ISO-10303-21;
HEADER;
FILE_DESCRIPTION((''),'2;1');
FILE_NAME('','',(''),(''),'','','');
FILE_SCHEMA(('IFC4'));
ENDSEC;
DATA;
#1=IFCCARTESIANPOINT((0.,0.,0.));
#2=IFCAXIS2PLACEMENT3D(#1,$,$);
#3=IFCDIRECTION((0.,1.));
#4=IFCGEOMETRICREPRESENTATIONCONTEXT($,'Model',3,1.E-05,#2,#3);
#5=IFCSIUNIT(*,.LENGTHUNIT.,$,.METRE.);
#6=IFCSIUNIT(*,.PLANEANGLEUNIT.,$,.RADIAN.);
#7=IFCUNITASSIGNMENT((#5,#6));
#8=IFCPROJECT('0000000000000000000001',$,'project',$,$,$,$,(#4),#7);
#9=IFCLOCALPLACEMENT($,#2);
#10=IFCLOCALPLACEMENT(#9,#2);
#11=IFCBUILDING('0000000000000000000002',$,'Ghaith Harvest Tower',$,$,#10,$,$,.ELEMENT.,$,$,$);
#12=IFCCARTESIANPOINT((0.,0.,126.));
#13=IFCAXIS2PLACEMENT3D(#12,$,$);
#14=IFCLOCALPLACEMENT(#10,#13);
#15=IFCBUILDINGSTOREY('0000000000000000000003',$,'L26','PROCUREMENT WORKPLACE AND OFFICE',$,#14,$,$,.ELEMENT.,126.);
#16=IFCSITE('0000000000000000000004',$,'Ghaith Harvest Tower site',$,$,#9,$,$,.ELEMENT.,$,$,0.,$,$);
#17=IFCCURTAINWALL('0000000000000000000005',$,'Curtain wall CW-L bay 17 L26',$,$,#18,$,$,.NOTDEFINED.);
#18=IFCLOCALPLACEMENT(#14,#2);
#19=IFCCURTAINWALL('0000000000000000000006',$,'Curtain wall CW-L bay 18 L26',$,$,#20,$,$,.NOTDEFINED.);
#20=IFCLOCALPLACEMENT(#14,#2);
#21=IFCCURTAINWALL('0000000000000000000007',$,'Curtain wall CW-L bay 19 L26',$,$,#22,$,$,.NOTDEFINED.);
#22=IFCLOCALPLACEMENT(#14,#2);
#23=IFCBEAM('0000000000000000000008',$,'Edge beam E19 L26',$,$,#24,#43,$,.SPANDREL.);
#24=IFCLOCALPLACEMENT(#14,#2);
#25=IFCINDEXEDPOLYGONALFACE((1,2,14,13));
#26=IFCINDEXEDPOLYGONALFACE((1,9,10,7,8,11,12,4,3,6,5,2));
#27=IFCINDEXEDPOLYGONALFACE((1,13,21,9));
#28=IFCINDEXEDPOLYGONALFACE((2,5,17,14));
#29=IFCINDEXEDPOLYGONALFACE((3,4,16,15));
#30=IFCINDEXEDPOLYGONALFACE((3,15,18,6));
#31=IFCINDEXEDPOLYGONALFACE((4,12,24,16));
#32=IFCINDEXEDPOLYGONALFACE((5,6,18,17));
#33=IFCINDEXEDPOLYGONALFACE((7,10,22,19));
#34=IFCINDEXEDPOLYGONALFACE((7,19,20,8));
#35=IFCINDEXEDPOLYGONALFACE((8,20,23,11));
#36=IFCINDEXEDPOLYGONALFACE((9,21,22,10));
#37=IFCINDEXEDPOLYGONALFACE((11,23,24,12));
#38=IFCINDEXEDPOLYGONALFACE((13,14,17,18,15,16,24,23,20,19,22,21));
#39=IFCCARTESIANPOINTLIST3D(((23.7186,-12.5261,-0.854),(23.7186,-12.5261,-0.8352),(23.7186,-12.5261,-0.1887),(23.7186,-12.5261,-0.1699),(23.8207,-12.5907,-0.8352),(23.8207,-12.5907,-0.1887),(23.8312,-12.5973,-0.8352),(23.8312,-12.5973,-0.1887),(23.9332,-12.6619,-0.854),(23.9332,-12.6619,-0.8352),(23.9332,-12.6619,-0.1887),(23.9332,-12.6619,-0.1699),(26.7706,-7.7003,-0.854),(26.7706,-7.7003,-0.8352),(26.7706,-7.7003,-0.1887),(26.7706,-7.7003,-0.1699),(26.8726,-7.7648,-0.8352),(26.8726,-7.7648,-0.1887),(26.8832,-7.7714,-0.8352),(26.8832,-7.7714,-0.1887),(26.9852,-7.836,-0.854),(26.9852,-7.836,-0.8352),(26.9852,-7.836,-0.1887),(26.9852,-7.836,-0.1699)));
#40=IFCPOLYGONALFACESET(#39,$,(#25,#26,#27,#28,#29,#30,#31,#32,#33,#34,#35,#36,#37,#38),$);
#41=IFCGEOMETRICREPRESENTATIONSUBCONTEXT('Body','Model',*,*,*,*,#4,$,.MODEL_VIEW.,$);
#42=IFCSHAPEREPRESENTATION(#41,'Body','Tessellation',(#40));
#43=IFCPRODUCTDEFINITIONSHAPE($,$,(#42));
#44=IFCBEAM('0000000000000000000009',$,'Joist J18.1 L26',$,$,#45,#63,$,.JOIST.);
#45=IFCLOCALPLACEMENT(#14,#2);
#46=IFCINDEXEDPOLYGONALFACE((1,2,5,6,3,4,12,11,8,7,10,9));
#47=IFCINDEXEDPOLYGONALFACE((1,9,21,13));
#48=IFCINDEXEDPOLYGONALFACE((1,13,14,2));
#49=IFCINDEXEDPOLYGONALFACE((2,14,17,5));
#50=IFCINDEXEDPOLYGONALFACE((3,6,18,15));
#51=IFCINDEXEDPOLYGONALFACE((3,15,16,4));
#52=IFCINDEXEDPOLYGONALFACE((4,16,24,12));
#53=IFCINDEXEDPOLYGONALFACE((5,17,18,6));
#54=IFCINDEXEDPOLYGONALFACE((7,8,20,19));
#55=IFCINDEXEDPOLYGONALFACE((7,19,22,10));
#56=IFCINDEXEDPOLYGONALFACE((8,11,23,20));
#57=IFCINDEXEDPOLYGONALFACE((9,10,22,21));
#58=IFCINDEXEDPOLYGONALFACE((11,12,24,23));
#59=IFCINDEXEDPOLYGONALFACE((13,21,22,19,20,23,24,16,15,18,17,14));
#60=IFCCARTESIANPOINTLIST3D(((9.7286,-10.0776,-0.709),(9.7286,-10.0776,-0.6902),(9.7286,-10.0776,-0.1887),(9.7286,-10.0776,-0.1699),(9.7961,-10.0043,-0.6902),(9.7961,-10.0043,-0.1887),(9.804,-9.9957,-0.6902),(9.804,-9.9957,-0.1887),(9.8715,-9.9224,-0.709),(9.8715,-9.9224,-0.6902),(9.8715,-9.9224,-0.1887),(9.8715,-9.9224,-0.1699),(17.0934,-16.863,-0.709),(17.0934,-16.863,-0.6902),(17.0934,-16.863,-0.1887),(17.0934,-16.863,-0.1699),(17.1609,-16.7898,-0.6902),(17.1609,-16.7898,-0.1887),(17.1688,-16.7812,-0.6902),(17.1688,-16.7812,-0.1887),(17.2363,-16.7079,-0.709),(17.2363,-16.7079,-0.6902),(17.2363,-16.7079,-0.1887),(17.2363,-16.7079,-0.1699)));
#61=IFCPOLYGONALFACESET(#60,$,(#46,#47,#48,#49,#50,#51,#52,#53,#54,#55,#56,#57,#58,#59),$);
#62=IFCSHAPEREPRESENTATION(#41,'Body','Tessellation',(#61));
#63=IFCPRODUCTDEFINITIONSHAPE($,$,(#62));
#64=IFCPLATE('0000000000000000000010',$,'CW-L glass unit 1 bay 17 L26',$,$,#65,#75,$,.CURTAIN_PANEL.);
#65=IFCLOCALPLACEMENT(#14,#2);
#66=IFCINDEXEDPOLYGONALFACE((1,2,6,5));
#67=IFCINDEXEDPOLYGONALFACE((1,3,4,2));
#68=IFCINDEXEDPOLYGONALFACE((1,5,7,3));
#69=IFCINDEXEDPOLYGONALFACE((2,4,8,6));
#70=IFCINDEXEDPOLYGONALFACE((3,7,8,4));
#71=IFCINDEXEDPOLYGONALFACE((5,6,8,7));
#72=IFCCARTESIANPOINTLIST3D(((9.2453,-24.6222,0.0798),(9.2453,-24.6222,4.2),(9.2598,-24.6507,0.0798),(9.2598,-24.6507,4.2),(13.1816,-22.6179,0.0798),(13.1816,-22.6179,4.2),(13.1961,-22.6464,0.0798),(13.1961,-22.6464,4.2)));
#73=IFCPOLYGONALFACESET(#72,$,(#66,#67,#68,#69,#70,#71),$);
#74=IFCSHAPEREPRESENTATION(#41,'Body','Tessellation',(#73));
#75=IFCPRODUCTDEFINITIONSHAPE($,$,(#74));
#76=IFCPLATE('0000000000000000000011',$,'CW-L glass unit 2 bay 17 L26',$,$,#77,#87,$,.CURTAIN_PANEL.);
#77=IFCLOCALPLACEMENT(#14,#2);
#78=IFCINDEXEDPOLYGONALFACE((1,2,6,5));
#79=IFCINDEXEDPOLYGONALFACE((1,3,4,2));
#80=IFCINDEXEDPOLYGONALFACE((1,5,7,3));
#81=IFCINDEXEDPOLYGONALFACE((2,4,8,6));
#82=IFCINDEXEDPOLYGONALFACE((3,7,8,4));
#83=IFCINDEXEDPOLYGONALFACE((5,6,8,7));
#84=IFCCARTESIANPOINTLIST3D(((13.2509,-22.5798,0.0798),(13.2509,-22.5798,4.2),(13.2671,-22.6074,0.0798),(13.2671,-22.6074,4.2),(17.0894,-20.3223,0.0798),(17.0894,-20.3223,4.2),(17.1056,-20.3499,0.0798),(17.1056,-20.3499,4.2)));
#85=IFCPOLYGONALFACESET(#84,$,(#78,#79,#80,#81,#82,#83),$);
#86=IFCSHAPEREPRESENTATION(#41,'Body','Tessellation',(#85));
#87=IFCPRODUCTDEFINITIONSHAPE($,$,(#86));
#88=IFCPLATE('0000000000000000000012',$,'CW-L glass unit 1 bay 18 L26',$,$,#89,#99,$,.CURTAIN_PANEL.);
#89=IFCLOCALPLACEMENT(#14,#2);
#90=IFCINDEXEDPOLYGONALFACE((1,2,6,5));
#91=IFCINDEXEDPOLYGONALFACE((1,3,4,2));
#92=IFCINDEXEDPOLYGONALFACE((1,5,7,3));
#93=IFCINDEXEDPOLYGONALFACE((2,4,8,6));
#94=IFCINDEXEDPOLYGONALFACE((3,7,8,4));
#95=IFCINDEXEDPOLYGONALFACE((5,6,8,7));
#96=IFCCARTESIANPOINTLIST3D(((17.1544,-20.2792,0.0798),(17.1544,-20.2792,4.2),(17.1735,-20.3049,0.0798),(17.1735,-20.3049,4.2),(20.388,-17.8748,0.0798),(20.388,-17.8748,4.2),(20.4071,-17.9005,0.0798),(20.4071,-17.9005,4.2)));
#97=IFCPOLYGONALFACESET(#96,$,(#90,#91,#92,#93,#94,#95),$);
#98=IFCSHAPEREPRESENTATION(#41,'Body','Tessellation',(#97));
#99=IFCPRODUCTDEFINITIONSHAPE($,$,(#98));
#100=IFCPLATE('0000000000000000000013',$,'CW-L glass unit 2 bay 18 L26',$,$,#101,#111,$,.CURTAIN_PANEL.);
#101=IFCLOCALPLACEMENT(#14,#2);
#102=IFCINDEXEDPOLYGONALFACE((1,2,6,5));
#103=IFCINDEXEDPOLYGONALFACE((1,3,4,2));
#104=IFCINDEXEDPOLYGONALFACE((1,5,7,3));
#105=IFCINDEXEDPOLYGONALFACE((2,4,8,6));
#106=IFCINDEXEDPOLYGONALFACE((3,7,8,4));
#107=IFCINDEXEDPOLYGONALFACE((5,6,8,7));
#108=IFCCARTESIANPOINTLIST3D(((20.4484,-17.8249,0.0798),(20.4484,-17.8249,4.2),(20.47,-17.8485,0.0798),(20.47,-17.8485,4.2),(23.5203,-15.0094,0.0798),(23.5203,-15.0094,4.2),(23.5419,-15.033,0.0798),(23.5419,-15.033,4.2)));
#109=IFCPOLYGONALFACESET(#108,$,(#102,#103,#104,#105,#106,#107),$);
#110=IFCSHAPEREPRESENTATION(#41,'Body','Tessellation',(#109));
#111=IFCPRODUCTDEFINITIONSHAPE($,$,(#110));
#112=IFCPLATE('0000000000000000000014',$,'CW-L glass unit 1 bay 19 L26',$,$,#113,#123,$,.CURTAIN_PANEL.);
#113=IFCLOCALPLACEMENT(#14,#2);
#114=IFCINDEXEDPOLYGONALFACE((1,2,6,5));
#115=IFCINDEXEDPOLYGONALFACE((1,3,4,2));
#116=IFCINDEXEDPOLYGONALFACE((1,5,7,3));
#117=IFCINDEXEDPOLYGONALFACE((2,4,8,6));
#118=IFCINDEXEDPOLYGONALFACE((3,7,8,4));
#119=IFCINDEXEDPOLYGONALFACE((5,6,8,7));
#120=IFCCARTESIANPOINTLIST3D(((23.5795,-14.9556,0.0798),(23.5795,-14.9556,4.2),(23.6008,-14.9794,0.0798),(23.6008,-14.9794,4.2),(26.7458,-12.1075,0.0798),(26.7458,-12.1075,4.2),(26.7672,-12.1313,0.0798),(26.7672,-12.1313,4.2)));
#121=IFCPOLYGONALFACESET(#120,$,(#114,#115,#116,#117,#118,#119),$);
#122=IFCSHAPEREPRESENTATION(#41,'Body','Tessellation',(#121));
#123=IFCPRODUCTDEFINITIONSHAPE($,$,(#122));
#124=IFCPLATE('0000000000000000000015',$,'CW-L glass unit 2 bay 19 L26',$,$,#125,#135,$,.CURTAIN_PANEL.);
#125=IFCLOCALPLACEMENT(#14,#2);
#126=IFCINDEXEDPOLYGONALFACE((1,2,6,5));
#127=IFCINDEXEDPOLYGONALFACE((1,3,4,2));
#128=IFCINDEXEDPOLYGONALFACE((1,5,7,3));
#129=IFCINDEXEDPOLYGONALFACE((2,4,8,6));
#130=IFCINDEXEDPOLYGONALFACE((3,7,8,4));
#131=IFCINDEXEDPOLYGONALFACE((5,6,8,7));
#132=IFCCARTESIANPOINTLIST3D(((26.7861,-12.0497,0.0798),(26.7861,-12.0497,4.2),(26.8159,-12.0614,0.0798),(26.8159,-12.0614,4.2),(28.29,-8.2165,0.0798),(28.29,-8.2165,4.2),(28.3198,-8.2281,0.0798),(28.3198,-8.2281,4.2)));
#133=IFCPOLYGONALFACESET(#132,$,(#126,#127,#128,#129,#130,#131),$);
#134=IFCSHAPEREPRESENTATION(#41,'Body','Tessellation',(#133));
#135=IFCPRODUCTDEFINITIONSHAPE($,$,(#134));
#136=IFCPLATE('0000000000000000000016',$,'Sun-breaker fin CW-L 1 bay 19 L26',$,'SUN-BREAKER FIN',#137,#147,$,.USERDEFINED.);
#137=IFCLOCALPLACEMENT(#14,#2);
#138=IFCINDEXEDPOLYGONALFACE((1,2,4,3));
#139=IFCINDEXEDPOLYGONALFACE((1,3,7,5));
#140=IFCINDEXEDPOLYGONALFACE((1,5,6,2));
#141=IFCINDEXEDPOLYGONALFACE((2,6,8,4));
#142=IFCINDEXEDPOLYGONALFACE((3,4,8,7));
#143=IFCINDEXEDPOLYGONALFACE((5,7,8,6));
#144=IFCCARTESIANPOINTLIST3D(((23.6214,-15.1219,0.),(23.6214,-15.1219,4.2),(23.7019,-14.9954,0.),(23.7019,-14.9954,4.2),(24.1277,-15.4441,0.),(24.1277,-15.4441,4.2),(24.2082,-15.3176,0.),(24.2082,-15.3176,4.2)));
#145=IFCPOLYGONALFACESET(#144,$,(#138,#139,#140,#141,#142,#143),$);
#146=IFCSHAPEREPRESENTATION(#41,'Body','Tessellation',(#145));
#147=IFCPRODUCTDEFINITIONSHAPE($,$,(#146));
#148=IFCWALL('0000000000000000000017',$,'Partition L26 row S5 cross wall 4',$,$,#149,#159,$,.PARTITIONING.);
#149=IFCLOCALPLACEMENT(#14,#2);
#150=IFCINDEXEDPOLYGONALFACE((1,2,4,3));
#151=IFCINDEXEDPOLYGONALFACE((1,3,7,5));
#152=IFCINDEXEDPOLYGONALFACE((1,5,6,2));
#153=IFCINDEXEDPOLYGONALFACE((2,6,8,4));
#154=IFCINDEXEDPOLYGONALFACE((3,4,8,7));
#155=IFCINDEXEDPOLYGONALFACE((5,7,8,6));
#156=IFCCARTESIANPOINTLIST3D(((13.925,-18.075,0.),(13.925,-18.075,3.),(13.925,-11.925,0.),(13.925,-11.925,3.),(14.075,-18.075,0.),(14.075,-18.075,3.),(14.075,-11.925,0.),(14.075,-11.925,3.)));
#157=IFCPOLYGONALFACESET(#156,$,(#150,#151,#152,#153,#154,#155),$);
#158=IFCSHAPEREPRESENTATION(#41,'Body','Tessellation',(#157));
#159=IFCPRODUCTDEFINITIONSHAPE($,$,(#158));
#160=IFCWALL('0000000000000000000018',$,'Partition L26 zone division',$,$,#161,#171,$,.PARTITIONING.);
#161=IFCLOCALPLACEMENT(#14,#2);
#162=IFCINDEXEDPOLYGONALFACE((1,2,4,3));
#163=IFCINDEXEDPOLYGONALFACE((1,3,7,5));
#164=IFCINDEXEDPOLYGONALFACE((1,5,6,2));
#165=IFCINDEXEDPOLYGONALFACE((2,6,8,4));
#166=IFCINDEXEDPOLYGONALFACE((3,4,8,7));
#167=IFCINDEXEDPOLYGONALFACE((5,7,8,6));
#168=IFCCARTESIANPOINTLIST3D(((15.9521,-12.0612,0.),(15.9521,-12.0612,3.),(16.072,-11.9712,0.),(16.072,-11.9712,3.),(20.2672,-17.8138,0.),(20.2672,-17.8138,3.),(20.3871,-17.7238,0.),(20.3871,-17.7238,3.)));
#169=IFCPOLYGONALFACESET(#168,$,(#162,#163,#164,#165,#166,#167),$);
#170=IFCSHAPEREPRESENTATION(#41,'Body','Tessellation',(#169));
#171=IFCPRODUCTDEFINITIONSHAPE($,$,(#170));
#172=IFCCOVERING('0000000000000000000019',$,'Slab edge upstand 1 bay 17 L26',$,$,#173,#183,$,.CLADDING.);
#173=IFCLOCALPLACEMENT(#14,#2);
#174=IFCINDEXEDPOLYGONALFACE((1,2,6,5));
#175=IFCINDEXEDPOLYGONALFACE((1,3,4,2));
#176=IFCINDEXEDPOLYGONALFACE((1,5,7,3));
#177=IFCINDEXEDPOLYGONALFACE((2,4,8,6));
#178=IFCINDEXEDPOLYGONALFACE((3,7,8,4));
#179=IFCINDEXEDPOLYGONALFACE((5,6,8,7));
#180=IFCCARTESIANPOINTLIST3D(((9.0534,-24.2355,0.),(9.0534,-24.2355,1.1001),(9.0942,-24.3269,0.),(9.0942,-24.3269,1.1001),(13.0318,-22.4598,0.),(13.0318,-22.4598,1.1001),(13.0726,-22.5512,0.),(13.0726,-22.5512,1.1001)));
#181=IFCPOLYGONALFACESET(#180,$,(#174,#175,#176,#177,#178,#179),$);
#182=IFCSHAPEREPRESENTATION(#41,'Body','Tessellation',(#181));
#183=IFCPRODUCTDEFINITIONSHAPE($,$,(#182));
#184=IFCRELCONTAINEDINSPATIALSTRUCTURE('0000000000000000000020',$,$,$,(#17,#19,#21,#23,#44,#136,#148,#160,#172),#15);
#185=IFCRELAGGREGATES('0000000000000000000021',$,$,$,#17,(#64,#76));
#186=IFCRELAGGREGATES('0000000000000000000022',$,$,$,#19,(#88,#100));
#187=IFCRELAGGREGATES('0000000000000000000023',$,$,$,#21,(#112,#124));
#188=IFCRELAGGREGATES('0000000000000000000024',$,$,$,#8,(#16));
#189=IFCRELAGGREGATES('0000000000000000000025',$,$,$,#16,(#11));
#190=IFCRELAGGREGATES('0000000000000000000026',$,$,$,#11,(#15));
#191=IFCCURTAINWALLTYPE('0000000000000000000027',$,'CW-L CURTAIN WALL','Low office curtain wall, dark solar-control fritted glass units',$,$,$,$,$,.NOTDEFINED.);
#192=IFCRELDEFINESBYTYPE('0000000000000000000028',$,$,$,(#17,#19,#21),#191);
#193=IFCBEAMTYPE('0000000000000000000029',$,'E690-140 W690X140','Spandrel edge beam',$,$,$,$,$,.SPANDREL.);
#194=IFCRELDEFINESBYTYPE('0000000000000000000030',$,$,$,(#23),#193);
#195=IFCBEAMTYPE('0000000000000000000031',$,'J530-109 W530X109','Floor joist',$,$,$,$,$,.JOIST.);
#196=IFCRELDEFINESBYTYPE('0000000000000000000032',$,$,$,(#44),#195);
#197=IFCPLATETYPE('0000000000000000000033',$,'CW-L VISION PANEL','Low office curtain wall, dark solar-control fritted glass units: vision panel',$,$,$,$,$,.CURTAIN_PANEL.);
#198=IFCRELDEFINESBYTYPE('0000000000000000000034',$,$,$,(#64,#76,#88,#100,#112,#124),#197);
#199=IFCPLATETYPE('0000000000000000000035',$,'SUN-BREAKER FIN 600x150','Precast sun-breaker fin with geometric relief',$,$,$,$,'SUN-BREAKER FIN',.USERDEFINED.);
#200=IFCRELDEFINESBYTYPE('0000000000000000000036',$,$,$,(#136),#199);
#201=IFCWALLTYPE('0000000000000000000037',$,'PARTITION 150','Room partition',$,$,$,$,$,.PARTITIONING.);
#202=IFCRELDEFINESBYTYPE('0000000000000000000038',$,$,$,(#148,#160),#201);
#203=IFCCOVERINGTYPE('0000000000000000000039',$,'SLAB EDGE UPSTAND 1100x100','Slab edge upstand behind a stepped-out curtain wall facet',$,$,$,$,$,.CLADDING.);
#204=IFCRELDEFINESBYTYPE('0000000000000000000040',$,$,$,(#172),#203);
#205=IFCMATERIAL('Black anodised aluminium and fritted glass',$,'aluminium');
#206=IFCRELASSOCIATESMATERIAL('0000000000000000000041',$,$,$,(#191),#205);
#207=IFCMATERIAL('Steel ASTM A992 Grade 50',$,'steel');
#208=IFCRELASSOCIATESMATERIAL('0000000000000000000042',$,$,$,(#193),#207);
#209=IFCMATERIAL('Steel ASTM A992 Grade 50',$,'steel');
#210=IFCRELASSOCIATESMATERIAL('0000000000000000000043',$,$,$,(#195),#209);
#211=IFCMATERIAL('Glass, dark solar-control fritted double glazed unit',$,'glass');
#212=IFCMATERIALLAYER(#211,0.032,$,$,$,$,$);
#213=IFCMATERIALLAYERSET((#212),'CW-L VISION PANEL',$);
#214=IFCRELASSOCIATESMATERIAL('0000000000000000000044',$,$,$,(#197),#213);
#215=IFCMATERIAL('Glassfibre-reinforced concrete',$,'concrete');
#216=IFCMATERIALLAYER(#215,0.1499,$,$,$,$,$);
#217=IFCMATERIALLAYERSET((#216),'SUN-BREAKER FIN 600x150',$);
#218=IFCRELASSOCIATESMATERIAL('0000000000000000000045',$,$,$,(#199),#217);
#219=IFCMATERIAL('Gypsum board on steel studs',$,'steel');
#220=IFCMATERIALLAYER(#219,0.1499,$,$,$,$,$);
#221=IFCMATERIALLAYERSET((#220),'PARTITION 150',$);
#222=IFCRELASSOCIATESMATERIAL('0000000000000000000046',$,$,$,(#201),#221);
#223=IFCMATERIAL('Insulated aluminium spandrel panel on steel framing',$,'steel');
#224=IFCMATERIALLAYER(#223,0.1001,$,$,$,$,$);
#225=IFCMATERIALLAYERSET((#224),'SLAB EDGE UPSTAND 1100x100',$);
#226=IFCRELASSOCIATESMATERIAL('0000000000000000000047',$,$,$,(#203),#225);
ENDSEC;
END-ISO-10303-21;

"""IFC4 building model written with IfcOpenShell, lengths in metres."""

from ifc_helpers import new_model, si_unit, direction, frame, frame_2d, origin, origin_2d, place, context, subcontext, project, spatial, rectangle, i_section, extrude, material, layer, layer_set, material_profile, profile_set, type_object, element, aggregate, save


model = new_model("IFC4")

# Units and contexts
model_context = context("Model", 3, precision=1e-05, world=origin(), true_north=direction((0.0, 1.0)))
body_context = subcontext(model_context, "Body", "Model", "MODEL_VIEW")
ifc_project = project(units=[si_unit("LENGTHUNIT", "METRE"), si_unit("PLANEANGLEUNIT", "RADIAN")], contexts=[model_context])

# Site, building, storey
site_placement = place(None, origin())
site = spatial("IfcSite", under=ifc_project, at=site_placement, Name="Ghaith Harvest Tower site", CompositionType="ELEMENT", RefElevation=0.0)
building_placement = place(site_placement, origin())
building = spatial("IfcBuilding", under=site, at=building_placement, Name="Ghaith Harvest Tower", CompositionType="ELEMENT")
storey_placement = place(building_placement, frame((0.0, 0.0, 126.0)))
storey = spatial("IfcBuildingStorey", under=building, at=storey_placement, Name="L26", Description="PROCUREMENT WORKPLACE AND OFFICE", CompositionType="ELEMENT", Elevation=126.0)

# Curtain wall
ifc_material_1 = material(Name="Black anodised aluminium and fritted glass", Category="aluminium")
curtain_wall_type = type_object("IfcCurtainWallType", Name="CW-L CURTAIN WALL", Description="Low office curtain wall, dark solar-control fritted glass units", PredefinedType="NOTDEFINED", material=ifc_material_1)
curtain_wall_1_placement = place(storey_placement, origin())
curtain_wall_1 = element("IfcCurtainWall", 1, at=curtain_wall_1_placement, inside=storey, type_object=curtain_wall_type, Name="Curtain wall CW-L bay 17 L26", PredefinedType="NOTDEFINED")

# Curtain walls
curtain_wall_2_placement = place(storey_placement, origin())
curtain_wall_2 = element("IfcCurtainWall", 2, at=curtain_wall_2_placement, inside=storey, type_object=curtain_wall_type, Name="Curtain wall CW-L bay 18 L26", PredefinedType="NOTDEFINED")
curtain_wall_3_placement = place(storey_placement, origin())
curtain_wall_3 = element("IfcCurtainWall", 3, at=curtain_wall_3_placement, inside=storey, type_object=curtain_wall_type, Name="Curtain wall CW-L bay 19 L26", PredefinedType="NOTDEFINED")

# Beams
ifc_material_2 = material(Name="Steel ASTM A992 Grade 50", Category="steel")
ifc_material_profile_1 = material_profile(ifc_material_2, i_section(OverallWidth=0.2539, OverallDepth=0.6841, WebThickness=0.0125, FlangeThickness=0.0188, at=origin_2d()), Name="W690X140")
ifc_profile_set_1 = profile_set([ifc_material_profile_1], Name="Steel ASTM A992 Grade 50")
beam_type_1 = type_object("IfcBeamType", Name="E690-140 W690X140", Description="Spandrel edge beam", PredefinedType="SPANDREL", material=ifc_profile_set_1)
beam_1_placement = place(storey_placement, frame((23.8259, -12.594, -0.512), z_axis=(0.5345, 0.845169, 0.0), x_axis=(-0.845169, 0.5345, 0.0)))
element("IfcBeam", 4, at=beam_1_placement, inside=storey, type_object=beam_type_1, Name="Edge beam E19 L26", PredefinedType="SPANDREL", context=body_context, shape_type="SweptSolid", body=[
    extrude(i_section(OverallWidth=0.2539, OverallDepth=0.6841, WebThickness=0.0125, FlangeThickness=0.0188, at=origin_2d()), origin(), (0.0, 0.0, 1.0), 5.71),
])
ifc_material_3 = material(Name="Steel ASTM A992 Grade 50", Category="steel")
ifc_material_profile_2 = material_profile(ifc_material_3, i_section(OverallWidth=0.2109, OverallDepth=0.5391, WebThickness=0.0117, FlangeThickness=0.0188, at=origin_2d()), Name="W530X109")
ifc_profile_set_2 = profile_set([ifc_material_profile_2], Name="Steel ASTM A992 Grade 50")
beam_type_2 = type_object("IfcBeamType", Name="J530-109 W530X109", Description="Floor joist", PredefinedType="JOIST", material=ifc_profile_set_2)
beam_2_placement = place(storey_placement, frame((9.8, -10.0, -0.4395), z_axis=(0.735442, -0.677588, 0.0), x_axis=(0.677588, 0.735442, 0.0)))
element("IfcBeam", 5, at=beam_2_placement, inside=storey, type_object=beam_type_2, Name="Joist J18.1 L26", PredefinedType="JOIST", context=body_context, shape_type="SweptSolid", body=[
    extrude(i_section(OverallWidth=0.2109, OverallDepth=0.5391, WebThickness=0.0117, FlangeThickness=0.0188, at=origin_2d()), origin(), (0.0, 0.0, 1.0), 10.0142),
])

# Plates
ifc_material_4 = material(Name="Glass, dark solar-control fritted double glazed unit", Category="glass")
ifc_layer_1 = layer(ifc_material_4, 0.032)
ifc_layer_set_1 = layer_set([ifc_layer_1], Name="CW-L VISION PANEL")
plate_type_1 = type_object("IfcPlateType", Name="CW-L VISION PANEL", Description="Low office curtain wall, dark solar-control fritted glass units: vision panel", PredefinedType="CURTAIN_PANEL", material=ifc_layer_set_1)
plate_1_placement = place(storey_placement, frame((11.2207, -23.6343, 0.0798), z_axis=(0.0, 0.0, 1.0), x_axis=(0.891127, 0.453754, 0.0)))
plate_1 = element("IfcPlate", 6, at=plate_1_placement, type_object=plate_type_1, Name="CW-L glass unit 1 bay 17 L26", PredefinedType="CURTAIN_PANEL", context=body_context, shape_type="SweptSolid", body=[
    extrude(rectangle(XDim=4.4172, YDim=0.032, at=origin_2d()), origin(), (0.0, 0.0, 1.0), 4.1201),
])
plate_2_placement = place(storey_placement, frame((15.1782, -21.4648, 0.0798), z_axis=(0.0, 0.0, 1.0), x_axis=(0.861979, 0.506943, 0.0)))
plate_2 = element("IfcPlate", 7, at=plate_2_placement, type_object=plate_type_1, Name="CW-L glass unit 2 bay 17 L26", PredefinedType="CURTAIN_PANEL", context=body_context, shape_type="SweptSolid", body=[
    extrude(rectangle(XDim=4.4531, YDim=0.032, at=origin_2d()), origin(), (0.0, 0.0, 1.0), 4.1201),
])
aggregate(curtain_wall_1, [plate_1, plate_2])
plate_3_placement = place(storey_placement, frame((18.7808, -19.0898, 0.0798), z_axis=(0.0, 0.0, 1.0), x_axis=(0.802462, 0.596703, 0.0)))
plate_3 = element("IfcPlate", 8, at=plate_3_placement, type_object=plate_type_1, Name="CW-L glass unit 1 bay 18 L26", PredefinedType="CURTAIN_PANEL", context=body_context, shape_type="SweptSolid", body=[
    extrude(rectangle(XDim=4.0295, YDim=0.032, at=origin_2d()), origin(), (0.0, 0.0, 1.0), 4.1201),
])
plate_4_placement = place(storey_placement, frame((21.9951, -16.429, 0.0798), z_axis=(0.0, 0.0, 1.0), x_axis=(0.737202, 0.675673, 0.0)))
plate_4 = element("IfcPlate", 9, at=plate_4_placement, type_object=plate_type_1, Name="CW-L glass unit 2 bay 18 L26", PredefinedType="CURTAIN_PANEL", context=body_context, shape_type="SweptSolid", body=[
    extrude(rectangle(XDim=4.167, YDim=0.032, at=origin_2d()), origin(), (0.0, 0.0, 1.0), 4.1201),
])
aggregate(curtain_wall_2, [plate_3, plate_4])
plate_5_placement = place(storey_placement, frame((25.1733, -13.5435, 0.0798), z_axis=(0.0, 0.0, 1.0), x_axis=(0.743493, 0.668744, 0.0)))
plate_5 = element("IfcPlate", 10, at=plate_5_placement, type_object=plate_type_1, Name="CW-L glass unit 1 bay 19 L26", PredefinedType="CURTAIN_PANEL", context=body_context, shape_type="SweptSolid", body=[
    extrude(rectangle(XDim=4.2588, YDim=0.032, at=origin_2d()), origin(), (0.0, 0.0, 1.0), 4.1201),
])
plate_6_placement = place(storey_placement, frame((27.553, -10.1389, 0.0798), z_axis=(0.0, 0.0, 1.0), x_axis=(0.365226, 0.930919, 0.0)))
plate_6 = element("IfcPlate", 11, at=plate_6_placement, type_object=plate_type_1, Name="CW-L glass unit 2 bay 19 L26", PredefinedType="CURTAIN_PANEL", context=body_context, shape_type="SweptSolid", body=[
    extrude(rectangle(XDim=4.1177, YDim=0.032, at=origin_2d()), origin(), (0.0, 0.0, 1.0), 4.1201),
])
aggregate(curtain_wall_3, [plate_5, plate_6])
ifc_material_5 = material(Name="Glassfibre-reinforced concrete", Category="concrete")
ifc_layer_2 = layer(ifc_material_5, 0.1499)
ifc_layer_set_2 = layer_set([ifc_layer_2], Name="SUN-BREAKER FIN 600x150")
plate_type_2 = type_object("IfcPlateType", Name="SUN-BREAKER FIN 600x150", Description="Precast sun-breaker fin with geometric relief", ElementType="SUN-BREAKER FIN", PredefinedType="USERDEFINED", material=ifc_layer_set_2)
plate_7_placement = place(storey_placement, frame((23.9148, -15.2197, 0.0), z_axis=(0.0, 0.0, 1.0), x_axis=(0.843644, -0.536903, 0.0)))
element("IfcPlate", 12, at=plate_7_placement, inside=storey, type_object=plate_type_2, Name="Sun-breaker fin CW-L 1 bay 19 L26", ObjectType="SUN-BREAKER FIN", PredefinedType="USERDEFINED", context=body_context, shape_type="SweptSolid", body=[
    extrude(rectangle(XDim=0.6001, YDim=0.1499, at=origin_2d()), origin(), (0.0, 0.0, 1.0), 4.2),
])

# Walls
ifc_material_6 = material(Name="Gypsum board on steel studs", Category="steel")
ifc_layer_3 = layer(ifc_material_6, 0.1499)
ifc_layer_set_3 = layer_set([ifc_layer_3], Name="PARTITION 150")
wall_type = type_object("IfcWallType", Name="PARTITION 150", Description="Room partition", PredefinedType="PARTITIONING", material=ifc_layer_set_3)
wall_1_placement = place(storey_placement, frame((14.0, -11.925, 0.0), z_axis=(0.0, 0.0, 1.0), x_axis=(0.0, -1.0, 0.0)))
element("IfcWall", 13, at=wall_1_placement, inside=storey, type_object=wall_type, Name="Partition L26 row S5 cross wall 4", PredefinedType="PARTITIONING", context=body_context, shape_type="SweptSolid", body=[
    extrude(rectangle(XDim=6.1499, YDim=0.1499, at=frame_2d((3.075, 0.0))), origin(), (0.0, 0.0, 1.0), 3.0),
])
wall_2_placement = place(storey_placement, frame((16.012, -12.0161, 0.0), z_axis=(0.0, 0.0, 1.0), x_axis=(0.60006, -0.799955, 0.0)))
element("IfcWall", 14, at=wall_2_placement, inside=storey, type_object=wall_type, Name="Partition L26 zone division", PredefinedType="PARTITIONING", context=body_context, shape_type="SweptSolid", body=[
    extrude(rectangle(XDim=7.1912, YDim=0.1499, at=frame_2d((3.5957, 0.0))), origin(), (0.0, 0.0, 1.0), 3.0),
])

# Covering
ifc_material_7 = material(Name="Insulated aluminium spandrel panel on steel framing", Category="steel")
ifc_layer_4 = layer(ifc_material_7, 0.1001)
ifc_layer_set_4 = layer_set([ifc_layer_4], Name="SLAB EDGE UPSTAND 1100x100")
covering_type = type_object("IfcCoveringType", Name="SLAB EDGE UPSTAND 1100x100", Description="Slab edge upstand behind a stepped-out curtain wall facet", PredefinedType="CLADDING", material=ifc_layer_set_4)
covering_1_placement = place(storey_placement, frame((11.063, -23.3933, 0.0), z_axis=(0.0, 0.0, 1.0), x_axis=(0.91317, 0.407578, 0.0)))
element("IfcCovering", 15, at=covering_1_placement, inside=storey, type_object=covering_type, Name="Slab edge upstand 1 bay 17 L26", PredefinedType="CLADDING", context=body_context, shape_type="SweptSolid", body=[
    extrude(rectangle(XDim=4.3567, YDim=0.1001, at=origin_2d()), origin(), (0.0, 0.0, 1.0), 1.1001),
])

save(model, "model.ifc")
